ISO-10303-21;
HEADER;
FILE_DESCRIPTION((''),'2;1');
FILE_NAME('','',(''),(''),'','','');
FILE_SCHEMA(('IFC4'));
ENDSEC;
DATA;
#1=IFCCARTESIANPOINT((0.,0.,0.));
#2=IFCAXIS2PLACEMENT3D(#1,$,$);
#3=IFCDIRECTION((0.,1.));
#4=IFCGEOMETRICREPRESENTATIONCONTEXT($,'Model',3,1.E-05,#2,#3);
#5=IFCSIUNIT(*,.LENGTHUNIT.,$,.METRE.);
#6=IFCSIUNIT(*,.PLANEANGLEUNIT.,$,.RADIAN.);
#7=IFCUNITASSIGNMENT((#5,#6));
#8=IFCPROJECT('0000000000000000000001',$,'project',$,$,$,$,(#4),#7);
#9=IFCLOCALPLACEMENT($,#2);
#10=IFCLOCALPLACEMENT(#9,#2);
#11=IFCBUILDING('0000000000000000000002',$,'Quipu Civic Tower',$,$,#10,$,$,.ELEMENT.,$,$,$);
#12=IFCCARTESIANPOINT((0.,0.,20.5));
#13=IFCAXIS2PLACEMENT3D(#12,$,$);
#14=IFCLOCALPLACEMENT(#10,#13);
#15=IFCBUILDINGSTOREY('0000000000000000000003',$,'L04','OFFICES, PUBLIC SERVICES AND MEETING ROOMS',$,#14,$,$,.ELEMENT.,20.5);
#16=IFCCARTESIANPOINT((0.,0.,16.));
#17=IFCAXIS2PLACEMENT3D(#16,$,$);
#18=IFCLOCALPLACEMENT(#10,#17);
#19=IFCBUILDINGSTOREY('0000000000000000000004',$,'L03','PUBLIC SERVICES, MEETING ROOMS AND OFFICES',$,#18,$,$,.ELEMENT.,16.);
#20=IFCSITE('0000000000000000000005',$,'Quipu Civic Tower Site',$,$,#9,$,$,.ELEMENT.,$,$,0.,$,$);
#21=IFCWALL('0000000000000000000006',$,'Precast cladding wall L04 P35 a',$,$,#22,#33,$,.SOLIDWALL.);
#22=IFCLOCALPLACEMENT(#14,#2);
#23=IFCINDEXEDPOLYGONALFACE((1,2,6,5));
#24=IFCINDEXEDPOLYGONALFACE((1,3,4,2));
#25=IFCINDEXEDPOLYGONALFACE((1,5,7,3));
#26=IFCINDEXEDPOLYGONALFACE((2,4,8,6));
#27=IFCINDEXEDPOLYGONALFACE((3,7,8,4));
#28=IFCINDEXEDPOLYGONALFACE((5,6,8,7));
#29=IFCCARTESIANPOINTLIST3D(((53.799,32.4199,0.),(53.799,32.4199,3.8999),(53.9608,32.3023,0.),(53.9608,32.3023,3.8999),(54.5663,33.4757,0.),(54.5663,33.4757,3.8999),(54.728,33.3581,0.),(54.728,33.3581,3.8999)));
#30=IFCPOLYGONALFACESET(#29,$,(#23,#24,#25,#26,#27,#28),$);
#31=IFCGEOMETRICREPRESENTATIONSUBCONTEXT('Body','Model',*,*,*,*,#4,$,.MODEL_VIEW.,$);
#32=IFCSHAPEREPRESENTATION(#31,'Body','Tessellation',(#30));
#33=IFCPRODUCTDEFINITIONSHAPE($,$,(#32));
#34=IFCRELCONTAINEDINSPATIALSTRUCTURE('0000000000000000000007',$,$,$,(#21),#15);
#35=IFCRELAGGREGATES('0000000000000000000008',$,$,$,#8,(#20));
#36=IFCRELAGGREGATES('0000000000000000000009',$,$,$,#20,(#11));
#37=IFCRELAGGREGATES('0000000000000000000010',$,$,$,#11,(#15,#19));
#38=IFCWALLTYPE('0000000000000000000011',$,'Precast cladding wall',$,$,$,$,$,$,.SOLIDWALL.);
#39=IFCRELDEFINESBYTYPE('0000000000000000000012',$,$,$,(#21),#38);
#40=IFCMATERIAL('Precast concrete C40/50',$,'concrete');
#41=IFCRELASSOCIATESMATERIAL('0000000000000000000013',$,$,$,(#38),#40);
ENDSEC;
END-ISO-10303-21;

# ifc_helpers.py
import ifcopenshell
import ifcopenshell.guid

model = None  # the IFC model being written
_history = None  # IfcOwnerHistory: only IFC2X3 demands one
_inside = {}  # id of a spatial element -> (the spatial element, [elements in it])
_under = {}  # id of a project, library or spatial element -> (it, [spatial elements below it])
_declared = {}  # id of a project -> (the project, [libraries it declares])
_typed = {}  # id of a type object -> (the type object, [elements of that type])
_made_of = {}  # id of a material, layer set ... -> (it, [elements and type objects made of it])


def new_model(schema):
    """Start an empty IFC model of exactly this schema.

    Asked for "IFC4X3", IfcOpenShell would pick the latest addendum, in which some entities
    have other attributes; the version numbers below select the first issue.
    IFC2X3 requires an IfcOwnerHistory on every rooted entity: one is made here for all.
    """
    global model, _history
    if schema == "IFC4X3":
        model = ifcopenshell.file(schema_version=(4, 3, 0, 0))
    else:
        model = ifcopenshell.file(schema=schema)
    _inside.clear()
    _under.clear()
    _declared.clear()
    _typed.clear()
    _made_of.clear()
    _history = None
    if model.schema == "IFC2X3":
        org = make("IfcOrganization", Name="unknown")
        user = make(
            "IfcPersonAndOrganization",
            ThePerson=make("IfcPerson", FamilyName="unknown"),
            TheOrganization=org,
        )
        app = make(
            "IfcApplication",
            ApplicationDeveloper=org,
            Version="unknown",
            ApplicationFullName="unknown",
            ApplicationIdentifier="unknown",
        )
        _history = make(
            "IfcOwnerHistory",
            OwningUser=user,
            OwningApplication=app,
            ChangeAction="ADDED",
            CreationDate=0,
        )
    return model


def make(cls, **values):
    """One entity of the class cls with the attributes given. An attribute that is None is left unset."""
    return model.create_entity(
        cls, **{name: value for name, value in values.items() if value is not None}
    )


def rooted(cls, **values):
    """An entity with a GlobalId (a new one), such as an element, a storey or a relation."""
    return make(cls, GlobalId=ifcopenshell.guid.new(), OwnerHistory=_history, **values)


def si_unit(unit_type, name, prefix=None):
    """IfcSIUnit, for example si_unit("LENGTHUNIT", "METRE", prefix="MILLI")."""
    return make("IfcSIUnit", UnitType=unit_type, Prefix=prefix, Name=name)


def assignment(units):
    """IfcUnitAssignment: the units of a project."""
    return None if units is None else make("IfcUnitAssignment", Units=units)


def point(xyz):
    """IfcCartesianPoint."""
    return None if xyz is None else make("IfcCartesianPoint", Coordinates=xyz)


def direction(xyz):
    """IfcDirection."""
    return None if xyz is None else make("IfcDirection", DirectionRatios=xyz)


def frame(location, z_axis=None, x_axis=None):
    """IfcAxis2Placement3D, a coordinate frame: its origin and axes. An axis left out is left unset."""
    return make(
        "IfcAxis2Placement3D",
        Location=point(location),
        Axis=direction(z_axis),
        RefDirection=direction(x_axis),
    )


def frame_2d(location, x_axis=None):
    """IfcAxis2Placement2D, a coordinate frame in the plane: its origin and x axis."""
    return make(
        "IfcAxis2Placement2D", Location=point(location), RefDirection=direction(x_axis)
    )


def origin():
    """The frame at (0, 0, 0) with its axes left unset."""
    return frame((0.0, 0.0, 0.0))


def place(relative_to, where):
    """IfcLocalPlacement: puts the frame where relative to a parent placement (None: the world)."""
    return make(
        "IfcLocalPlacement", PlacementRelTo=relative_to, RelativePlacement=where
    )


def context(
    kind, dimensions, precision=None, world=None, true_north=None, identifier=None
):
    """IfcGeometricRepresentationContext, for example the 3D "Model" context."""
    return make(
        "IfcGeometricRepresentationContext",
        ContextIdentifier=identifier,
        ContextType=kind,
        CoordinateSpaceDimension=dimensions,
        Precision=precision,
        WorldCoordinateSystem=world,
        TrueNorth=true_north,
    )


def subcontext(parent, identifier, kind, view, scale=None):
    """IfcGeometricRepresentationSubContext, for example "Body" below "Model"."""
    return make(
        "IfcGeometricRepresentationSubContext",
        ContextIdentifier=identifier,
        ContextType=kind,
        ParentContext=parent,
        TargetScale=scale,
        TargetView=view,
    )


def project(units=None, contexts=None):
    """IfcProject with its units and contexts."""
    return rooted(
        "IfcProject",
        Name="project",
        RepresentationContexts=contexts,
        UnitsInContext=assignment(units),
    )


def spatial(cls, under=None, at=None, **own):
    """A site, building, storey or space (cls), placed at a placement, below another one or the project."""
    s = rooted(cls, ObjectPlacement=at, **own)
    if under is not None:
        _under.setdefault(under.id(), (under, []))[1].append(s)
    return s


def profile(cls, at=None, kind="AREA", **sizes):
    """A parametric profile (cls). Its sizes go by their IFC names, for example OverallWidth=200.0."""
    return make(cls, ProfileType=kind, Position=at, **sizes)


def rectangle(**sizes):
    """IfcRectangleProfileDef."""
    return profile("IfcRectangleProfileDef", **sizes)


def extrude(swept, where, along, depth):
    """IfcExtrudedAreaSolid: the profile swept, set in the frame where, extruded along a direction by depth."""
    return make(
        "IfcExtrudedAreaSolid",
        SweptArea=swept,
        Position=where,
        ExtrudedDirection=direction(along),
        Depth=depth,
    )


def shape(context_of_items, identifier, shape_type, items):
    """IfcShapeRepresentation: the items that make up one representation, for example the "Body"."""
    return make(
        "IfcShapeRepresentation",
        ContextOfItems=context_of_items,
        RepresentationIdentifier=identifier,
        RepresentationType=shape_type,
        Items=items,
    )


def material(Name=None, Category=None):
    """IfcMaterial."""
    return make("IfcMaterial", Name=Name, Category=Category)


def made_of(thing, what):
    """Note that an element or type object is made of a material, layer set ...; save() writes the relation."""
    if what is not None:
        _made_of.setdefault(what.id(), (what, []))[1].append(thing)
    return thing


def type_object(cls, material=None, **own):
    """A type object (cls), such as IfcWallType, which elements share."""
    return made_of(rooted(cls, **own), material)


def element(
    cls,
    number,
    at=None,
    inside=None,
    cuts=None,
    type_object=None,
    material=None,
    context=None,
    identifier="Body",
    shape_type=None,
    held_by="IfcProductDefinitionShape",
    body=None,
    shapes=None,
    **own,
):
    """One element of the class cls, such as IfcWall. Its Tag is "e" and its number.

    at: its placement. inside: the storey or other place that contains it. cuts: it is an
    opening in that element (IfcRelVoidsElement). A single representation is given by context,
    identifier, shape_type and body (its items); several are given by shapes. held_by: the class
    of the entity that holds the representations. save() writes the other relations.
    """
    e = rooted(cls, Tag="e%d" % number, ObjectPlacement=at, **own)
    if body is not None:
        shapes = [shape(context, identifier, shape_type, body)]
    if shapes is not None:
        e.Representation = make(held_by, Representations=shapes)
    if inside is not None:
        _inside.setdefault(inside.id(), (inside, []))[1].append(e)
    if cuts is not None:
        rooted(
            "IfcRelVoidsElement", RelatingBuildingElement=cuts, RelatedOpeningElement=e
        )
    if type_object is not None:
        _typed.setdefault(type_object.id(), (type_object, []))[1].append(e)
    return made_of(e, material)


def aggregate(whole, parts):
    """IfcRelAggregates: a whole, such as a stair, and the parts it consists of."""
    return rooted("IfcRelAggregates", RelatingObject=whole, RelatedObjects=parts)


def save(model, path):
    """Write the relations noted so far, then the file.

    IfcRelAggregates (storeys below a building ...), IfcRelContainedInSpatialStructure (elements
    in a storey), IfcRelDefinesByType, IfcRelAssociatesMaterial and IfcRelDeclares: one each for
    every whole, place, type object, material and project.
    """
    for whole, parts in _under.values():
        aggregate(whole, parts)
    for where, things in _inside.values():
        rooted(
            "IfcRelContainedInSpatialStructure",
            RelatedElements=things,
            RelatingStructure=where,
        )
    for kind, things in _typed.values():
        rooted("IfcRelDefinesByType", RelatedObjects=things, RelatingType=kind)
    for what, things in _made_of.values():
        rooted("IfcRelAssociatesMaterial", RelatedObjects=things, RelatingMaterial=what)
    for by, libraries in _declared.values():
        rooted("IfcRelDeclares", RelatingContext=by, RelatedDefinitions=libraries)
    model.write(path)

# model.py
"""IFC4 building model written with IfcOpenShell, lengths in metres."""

from ifc_helpers import new_model, si_unit, direction, frame, frame_2d, origin, place, context, subcontext, project, spatial, rectangle, extrude, material, type_object, element, save


model = new_model("IFC4")

# Units and contexts
model_context = context("Model", 3, precision=1e-05, world=origin(), true_north=direction((0.0, 1.0)))
body_context = subcontext(model_context, "Body", "Model", "MODEL_VIEW")
ifc_project = project(units=[si_unit("LENGTHUNIT", "METRE"), si_unit("PLANEANGLEUNIT", "RADIAN")], contexts=[model_context])

# Site, building, storey
site_placement = place(None, origin())
site = spatial("IfcSite", under=ifc_project, at=site_placement, Name="Quipu Civic Tower Site", CompositionType="ELEMENT", RefElevation=0.0)
building_placement = place(site_placement, origin())
building = spatial("IfcBuilding", under=site, at=building_placement, Name="Quipu Civic Tower", CompositionType="ELEMENT")
storey_1_placement = place(building_placement, frame((0.0, 0.0, 20.5)))
storey_1 = spatial("IfcBuildingStorey", under=building, at=storey_1_placement, Name="L04", Description="OFFICES, PUBLIC SERVICES AND MEETING ROOMS", CompositionType="ELEMENT", Elevation=20.5)

# Shared definitions
storey_2_placement = place(building_placement, frame((0.0, 0.0, 16.0)))
storey_2 = spatial("IfcBuildingStorey", under=building, at=storey_2_placement, Name="L03", Description="PUBLIC SERVICES, MEETING ROOMS AND OFFICES", CompositionType="ELEMENT", Elevation=16.0)

# Wall
ifc_material_1 = material(Name="Precast concrete C40/50", Category="concrete")
wall_type_1 = type_object("IfcWallType", Name="Precast cladding wall", PredefinedType="SOLIDWALL", material=ifc_material_1)
wall_1_placement = place(storey_1_placement, frame((53.8799, 32.3611, 0.0), z_axis=(0.0, 0.0, 1.0), x_axis=(0.587871, 0.808954, 0.0)))
element("IfcWall", 1, at=wall_1_placement, inside=storey_1, type_object=wall_type_1, Name="Precast cladding wall L04 P35 a", PredefinedType="SOLIDWALL", context=body_context, shape_type="SweptSolid", body=[
    extrude(rectangle(XDim=1.3052, YDim=0.2, at=frame_2d((0.6526, 0.0))), origin(), (0.0, 0.0, 1.0), 3.8999),
])

save(model, "model.ifc")
